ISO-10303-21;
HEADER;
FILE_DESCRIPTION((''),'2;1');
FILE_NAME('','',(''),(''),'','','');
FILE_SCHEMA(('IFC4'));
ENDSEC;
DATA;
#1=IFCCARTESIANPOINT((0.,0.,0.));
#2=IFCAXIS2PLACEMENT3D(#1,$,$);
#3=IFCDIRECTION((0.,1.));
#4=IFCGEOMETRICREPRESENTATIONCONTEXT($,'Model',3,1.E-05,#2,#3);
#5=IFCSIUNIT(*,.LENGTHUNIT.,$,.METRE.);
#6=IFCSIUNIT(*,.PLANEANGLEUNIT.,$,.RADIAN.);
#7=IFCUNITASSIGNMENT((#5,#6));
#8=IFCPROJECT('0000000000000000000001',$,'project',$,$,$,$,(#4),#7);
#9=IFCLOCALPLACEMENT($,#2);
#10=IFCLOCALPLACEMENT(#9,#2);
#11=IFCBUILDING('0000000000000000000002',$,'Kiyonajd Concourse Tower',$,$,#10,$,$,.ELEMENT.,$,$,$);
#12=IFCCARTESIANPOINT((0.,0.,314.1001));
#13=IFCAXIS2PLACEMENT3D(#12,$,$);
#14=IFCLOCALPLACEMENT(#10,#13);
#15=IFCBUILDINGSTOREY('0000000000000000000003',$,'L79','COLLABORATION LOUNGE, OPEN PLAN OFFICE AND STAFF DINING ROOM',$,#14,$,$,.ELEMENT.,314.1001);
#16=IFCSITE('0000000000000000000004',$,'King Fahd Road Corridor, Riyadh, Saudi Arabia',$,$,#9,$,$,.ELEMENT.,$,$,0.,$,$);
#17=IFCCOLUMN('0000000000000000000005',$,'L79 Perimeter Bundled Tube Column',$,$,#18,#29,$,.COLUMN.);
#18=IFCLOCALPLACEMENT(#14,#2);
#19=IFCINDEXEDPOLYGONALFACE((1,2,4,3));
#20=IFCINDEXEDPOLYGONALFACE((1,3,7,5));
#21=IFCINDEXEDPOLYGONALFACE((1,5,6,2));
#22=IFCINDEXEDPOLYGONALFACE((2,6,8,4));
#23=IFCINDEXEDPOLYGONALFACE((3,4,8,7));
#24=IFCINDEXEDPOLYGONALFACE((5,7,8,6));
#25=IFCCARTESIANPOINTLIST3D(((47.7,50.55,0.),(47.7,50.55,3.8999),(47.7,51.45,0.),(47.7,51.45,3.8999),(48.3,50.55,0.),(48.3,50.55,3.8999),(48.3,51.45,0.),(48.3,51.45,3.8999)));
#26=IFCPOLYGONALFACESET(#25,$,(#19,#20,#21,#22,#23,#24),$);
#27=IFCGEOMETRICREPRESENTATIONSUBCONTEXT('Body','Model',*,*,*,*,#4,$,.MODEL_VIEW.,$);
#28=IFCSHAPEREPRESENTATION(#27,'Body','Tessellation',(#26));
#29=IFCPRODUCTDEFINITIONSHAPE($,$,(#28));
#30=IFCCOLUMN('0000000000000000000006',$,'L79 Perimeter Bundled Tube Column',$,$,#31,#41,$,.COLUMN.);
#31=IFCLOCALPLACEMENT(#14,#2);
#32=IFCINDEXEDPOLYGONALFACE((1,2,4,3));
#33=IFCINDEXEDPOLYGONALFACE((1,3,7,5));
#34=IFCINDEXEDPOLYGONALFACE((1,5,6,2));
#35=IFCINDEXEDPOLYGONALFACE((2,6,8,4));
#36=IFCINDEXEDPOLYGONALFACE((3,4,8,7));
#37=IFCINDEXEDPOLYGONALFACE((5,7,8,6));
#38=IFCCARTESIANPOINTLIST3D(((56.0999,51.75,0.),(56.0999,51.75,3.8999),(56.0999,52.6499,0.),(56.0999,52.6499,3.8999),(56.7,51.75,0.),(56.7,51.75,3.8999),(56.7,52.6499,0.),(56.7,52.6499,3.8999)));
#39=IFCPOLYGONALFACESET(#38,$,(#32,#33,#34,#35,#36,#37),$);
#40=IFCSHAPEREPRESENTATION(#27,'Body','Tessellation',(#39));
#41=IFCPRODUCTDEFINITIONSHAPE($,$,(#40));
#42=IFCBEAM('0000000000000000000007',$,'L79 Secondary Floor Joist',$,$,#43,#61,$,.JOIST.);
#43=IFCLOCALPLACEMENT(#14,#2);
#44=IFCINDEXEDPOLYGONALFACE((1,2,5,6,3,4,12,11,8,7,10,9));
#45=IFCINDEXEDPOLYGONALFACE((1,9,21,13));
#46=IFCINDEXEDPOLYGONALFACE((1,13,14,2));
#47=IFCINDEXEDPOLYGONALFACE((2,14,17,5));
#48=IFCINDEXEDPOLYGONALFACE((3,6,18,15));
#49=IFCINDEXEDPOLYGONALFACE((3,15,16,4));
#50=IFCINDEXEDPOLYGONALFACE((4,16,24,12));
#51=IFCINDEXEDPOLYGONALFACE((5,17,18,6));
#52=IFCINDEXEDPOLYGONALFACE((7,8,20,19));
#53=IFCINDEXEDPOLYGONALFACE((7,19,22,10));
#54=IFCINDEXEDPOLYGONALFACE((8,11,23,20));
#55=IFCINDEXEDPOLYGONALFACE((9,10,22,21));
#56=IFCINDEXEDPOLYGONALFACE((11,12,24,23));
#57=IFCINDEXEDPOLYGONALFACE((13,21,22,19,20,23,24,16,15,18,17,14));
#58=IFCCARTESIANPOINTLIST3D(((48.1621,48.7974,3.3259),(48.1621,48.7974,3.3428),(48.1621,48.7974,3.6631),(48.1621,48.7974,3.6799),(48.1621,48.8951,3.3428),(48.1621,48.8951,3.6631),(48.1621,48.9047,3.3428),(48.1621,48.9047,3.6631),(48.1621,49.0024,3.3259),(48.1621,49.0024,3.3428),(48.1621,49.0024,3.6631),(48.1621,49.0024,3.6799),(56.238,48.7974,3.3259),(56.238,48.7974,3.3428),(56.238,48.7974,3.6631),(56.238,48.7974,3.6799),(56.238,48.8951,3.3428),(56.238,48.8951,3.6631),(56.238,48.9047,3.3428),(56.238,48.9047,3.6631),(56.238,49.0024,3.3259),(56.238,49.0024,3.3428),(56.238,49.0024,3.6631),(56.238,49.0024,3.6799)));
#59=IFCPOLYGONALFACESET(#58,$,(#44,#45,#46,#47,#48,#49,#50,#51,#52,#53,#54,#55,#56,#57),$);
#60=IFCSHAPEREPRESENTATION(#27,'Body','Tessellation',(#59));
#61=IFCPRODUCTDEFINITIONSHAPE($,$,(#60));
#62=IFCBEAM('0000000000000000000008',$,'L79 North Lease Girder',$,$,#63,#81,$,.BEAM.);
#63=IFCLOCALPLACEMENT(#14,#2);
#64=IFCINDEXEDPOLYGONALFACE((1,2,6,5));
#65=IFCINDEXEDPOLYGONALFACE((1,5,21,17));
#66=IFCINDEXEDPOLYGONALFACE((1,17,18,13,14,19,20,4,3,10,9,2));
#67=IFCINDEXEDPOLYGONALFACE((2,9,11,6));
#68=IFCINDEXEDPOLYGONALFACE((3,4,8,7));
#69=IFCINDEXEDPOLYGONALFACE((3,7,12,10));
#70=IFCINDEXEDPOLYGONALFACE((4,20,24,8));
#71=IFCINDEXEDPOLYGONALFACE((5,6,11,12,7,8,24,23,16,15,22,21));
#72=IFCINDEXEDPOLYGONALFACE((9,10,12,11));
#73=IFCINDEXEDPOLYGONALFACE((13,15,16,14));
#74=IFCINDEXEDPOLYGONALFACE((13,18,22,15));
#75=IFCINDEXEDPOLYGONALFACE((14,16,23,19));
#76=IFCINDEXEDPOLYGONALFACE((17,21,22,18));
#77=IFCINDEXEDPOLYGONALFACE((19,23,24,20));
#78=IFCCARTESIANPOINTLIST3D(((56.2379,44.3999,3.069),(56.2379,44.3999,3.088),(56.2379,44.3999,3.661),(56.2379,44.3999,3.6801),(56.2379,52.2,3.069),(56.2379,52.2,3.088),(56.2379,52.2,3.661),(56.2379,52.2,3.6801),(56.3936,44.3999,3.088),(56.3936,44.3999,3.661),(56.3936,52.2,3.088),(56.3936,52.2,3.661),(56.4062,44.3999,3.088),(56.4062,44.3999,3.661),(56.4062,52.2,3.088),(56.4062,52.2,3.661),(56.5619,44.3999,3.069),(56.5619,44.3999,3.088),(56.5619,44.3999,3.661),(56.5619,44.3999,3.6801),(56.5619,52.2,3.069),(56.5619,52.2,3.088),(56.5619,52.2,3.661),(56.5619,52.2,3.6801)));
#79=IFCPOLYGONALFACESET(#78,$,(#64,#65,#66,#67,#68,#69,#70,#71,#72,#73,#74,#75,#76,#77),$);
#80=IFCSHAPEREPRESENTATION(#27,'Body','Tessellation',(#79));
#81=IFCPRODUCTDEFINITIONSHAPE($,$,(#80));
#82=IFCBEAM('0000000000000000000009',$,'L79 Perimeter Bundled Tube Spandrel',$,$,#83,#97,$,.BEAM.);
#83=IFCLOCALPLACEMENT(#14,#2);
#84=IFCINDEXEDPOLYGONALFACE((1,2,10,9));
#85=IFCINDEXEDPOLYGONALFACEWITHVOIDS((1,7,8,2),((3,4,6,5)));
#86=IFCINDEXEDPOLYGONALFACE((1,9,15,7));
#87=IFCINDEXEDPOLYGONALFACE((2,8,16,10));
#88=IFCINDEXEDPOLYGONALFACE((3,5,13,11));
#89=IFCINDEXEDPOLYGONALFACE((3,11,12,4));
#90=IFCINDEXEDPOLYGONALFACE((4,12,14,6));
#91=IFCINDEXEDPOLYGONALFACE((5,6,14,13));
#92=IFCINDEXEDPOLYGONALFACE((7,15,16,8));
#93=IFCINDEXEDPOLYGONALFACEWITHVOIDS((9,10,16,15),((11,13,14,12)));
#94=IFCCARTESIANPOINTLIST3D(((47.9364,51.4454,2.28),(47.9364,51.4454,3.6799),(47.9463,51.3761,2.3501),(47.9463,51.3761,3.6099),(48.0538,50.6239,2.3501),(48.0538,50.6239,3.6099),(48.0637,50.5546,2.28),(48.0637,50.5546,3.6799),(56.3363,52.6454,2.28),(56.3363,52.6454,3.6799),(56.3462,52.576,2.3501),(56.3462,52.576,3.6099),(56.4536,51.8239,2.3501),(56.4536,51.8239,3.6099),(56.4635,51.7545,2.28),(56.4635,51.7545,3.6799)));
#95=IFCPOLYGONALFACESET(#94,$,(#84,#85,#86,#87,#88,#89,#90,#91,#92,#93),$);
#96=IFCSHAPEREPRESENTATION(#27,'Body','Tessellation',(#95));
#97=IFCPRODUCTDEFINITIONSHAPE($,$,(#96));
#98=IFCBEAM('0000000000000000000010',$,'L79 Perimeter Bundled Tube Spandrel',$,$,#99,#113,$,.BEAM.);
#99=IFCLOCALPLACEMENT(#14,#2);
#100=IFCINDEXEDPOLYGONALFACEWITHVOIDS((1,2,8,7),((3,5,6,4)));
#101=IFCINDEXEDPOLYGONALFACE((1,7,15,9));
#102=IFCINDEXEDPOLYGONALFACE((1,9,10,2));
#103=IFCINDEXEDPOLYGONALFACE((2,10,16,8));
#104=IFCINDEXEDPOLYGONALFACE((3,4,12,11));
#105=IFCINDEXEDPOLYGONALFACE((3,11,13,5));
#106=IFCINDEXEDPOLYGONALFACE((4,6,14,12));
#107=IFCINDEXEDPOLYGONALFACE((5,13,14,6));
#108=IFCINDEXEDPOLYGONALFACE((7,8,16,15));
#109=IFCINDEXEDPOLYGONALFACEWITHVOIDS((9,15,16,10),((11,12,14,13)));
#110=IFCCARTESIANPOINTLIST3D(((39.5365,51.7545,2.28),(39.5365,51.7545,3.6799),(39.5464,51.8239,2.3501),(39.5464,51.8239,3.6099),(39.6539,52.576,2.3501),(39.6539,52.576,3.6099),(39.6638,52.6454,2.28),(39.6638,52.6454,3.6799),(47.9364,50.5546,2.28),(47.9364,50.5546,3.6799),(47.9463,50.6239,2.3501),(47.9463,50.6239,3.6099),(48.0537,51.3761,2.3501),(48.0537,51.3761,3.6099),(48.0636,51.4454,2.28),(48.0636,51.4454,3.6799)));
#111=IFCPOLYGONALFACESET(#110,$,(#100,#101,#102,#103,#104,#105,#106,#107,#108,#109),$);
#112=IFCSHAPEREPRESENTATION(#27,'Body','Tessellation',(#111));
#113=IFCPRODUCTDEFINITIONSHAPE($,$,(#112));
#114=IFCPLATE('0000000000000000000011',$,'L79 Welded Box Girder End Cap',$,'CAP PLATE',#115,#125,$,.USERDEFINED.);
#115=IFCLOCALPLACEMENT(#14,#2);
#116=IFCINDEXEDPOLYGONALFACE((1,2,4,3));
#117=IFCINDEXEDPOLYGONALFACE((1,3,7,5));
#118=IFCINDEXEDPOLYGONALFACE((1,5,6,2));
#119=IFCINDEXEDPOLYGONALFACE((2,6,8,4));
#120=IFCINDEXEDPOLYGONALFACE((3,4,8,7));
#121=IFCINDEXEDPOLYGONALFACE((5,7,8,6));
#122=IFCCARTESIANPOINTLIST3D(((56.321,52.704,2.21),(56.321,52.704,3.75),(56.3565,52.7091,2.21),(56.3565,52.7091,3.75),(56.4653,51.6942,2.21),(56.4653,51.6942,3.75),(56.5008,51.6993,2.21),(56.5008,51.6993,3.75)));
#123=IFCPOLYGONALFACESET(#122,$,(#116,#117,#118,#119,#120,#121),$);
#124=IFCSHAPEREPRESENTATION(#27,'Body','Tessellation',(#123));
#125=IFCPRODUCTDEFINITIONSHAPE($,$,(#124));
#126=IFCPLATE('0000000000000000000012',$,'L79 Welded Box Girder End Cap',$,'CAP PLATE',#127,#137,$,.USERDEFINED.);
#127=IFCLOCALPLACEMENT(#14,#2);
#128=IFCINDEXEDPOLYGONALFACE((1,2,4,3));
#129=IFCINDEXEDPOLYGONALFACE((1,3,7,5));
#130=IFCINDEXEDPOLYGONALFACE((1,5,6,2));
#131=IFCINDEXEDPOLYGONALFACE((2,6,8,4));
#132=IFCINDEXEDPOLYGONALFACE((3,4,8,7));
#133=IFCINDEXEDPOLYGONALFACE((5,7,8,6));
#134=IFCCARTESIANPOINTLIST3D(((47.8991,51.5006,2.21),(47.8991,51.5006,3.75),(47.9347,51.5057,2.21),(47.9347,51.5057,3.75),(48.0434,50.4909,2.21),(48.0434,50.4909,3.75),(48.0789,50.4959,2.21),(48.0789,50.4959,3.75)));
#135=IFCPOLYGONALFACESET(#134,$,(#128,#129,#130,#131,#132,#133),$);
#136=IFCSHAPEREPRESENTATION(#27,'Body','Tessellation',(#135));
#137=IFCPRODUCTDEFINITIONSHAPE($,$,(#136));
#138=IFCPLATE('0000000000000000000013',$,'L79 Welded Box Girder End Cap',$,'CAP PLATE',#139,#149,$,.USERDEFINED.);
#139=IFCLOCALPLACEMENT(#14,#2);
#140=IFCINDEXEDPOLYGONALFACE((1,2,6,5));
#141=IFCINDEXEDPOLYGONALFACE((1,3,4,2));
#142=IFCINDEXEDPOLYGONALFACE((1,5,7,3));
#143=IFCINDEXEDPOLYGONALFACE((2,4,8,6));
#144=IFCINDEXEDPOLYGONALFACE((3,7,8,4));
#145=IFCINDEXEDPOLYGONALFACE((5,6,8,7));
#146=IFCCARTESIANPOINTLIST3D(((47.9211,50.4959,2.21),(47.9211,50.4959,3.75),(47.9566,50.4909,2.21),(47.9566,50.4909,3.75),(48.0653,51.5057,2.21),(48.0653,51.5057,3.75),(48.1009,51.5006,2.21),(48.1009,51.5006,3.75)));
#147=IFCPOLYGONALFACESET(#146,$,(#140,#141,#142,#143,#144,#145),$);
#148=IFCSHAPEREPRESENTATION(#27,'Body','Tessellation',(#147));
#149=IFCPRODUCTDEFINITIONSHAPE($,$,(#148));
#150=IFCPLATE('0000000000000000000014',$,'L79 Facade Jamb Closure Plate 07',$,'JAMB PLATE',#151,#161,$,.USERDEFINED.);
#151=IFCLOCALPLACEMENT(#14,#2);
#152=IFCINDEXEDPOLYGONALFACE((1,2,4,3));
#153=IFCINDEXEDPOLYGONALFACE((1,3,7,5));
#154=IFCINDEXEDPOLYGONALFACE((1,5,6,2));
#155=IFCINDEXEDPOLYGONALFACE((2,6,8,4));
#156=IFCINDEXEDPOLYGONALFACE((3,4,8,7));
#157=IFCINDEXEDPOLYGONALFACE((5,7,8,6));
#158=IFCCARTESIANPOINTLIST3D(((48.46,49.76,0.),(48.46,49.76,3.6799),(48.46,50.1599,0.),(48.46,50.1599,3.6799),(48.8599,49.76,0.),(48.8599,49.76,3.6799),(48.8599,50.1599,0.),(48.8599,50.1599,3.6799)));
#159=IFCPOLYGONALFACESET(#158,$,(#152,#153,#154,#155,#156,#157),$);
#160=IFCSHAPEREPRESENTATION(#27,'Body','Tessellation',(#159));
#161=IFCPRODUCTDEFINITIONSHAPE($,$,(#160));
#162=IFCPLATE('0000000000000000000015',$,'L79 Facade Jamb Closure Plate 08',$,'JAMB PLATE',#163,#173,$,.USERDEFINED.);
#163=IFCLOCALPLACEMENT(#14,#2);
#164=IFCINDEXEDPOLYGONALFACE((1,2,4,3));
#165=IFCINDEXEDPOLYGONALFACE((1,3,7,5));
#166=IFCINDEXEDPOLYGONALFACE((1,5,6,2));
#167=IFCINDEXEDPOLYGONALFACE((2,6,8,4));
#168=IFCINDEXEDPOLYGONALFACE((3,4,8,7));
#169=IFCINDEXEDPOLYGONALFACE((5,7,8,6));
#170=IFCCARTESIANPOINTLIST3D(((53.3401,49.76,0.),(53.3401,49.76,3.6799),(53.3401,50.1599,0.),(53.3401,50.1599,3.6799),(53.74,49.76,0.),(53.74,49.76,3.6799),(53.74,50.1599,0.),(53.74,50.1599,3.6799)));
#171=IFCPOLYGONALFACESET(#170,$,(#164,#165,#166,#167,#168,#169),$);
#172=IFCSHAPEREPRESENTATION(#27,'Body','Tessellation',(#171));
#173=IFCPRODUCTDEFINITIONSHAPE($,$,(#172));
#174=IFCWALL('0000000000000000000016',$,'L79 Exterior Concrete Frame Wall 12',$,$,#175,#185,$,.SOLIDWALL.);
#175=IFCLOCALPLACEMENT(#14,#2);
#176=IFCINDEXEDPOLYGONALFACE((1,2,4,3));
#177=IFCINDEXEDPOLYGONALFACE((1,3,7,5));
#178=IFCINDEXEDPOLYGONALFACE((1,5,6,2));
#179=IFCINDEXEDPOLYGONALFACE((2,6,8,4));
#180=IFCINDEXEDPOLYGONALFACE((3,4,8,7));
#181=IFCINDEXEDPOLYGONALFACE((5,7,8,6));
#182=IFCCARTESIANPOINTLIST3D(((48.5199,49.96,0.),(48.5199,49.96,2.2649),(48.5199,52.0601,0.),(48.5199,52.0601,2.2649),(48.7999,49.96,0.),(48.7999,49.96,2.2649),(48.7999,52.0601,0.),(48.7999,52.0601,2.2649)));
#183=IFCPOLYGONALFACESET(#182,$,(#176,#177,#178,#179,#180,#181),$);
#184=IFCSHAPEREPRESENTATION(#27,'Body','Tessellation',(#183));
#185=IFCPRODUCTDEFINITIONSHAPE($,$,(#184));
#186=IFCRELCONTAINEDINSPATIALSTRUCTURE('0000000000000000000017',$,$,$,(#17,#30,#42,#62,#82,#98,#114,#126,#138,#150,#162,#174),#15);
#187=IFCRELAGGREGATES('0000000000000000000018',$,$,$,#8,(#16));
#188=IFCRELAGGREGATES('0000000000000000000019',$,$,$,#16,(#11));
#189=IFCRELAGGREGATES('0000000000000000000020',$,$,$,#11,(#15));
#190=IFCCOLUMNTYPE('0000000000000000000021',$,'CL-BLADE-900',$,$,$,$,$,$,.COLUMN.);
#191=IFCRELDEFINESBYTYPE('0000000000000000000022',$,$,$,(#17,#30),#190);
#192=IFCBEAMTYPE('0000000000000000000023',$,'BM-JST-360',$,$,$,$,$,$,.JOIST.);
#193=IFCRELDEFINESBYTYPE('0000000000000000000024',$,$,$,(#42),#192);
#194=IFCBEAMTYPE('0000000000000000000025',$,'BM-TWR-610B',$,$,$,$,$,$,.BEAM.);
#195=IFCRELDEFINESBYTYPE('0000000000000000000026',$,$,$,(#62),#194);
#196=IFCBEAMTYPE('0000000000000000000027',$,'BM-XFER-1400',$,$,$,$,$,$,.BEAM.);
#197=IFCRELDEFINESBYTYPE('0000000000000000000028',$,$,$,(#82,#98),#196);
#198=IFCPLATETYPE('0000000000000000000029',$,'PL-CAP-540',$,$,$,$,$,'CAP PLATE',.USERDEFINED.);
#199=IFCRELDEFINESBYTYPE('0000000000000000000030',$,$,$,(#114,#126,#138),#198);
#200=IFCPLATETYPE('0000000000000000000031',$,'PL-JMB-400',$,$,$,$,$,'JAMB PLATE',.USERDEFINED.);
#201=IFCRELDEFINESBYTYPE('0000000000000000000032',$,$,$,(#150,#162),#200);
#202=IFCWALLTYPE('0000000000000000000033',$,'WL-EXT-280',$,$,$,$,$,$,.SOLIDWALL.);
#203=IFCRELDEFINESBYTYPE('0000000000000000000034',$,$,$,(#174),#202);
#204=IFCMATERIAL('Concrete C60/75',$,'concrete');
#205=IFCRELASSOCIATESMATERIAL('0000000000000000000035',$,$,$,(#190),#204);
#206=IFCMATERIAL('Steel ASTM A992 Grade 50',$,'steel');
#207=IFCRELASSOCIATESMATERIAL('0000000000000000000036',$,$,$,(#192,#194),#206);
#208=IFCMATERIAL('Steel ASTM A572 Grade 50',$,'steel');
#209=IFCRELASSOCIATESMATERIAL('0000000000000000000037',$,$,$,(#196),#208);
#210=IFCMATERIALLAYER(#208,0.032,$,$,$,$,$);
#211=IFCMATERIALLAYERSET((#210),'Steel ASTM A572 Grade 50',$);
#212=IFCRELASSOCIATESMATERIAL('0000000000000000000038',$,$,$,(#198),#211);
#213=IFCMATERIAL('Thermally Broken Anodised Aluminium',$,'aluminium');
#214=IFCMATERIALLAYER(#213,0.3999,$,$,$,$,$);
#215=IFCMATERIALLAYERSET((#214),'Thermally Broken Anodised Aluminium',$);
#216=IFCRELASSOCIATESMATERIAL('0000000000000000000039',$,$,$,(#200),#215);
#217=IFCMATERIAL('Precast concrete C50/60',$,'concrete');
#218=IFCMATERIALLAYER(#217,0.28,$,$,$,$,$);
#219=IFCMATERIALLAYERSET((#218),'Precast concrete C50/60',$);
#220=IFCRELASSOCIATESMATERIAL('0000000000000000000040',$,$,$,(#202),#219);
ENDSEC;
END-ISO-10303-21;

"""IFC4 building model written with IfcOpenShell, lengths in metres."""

from ifc_helpers import new_model, si_unit, direction, frame, frame_2d, origin, origin_2d, place, context, subcontext, project, spatial, rectangle, hollow_rectangle, i_section, extrude, material, layer, layer_set, material_profile, profile_set, type_object, element, save


model = new_model("IFC4")

# Units and contexts
model_context = context("Model", 3, precision=1e-05, world=origin(), true_north=direction((0.0, 1.0)))
body_context = subcontext(model_context, "Body", "Model", "MODEL_VIEW")
ifc_project = project(units=[si_unit("LENGTHUNIT", "METRE"), si_unit("PLANEANGLEUNIT", "RADIAN")], contexts=[model_context])

# Site, building, storey
site_placement = place(None, origin())
site = spatial("IfcSite", under=ifc_project, at=site_placement, Name="King Fahd Road Corridor, Riyadh, Saudi Arabia", CompositionType="ELEMENT", RefElevation=0.0)
building_placement = place(site_placement, origin())
building = spatial("IfcBuilding", under=site, at=building_placement, Name="Kiyonajd Concourse Tower", CompositionType="ELEMENT")
storey_placement = place(building_placement, frame((0.0, 0.0, 314.1001)))
storey = spatial("IfcBuildingStorey", under=building, at=storey_placement, Name="L79", Description="COLLABORATION LOUNGE, OPEN PLAN OFFICE AND STAFF DINING ROOM", CompositionType="ELEMENT", Elevation=314.1001)

# Columns
ifc_material_1 = material(Name="Concrete C60/75", Category="concrete")
ifc_material_profile_1 = material_profile(ifc_material_1, rectangle(XDim=0.6001, YDim=0.8999, at=origin_2d()), Name="RC-900x600")
ifc_profile_set_1 = profile_set([ifc_material_profile_1], Name="Concrete C60/75")
column_type = type_object("IfcColumnType", Name="CL-BLADE-900", PredefinedType="COLUMN", material=ifc_profile_set_1)
for number, where, z_axis, x_axis, name in (
    (1, (48.0, 51.0, 0.0), (0.0, 0.0, 1.0), (1.0, 0.0, 0.0), "L79 Perimeter Bundled Tube Column"),
    (2, (56.3999, 52.2, 0.0), (0.0, 0.0, 1.0), (1.0, 0.0, 0.0), "L79 Perimeter Bundled Tube Column"),
):
    element("IfcColumn", number, at=place(storey_placement, frame(where, z_axis=z_axis, x_axis=x_axis)), inside=storey, type_object=column_type, Name=name, PredefinedType="COLUMN", context=body_context, shape_type="SweptSolid", body=[
        extrude(rectangle(XDim=0.6001, YDim=0.8999, at=origin_2d()), origin(), (0.0, 0.0, 1.0), 3.8999),
    ])

# Beams
ifc_material_2 = material(Name="Steel ASTM A992 Grade 50", Category="steel")
ifc_material_profile_2 = material_profile(ifc_material_2, i_section(OverallWidth=0.2051, OverallDepth=0.354, WebThickness=0.0095, FlangeThickness=0.0168, at=origin_2d()), Name="W360X79")
ifc_profile_set_2 = profile_set([ifc_material_profile_2], Name="Steel ASTM A992 Grade 50")
beam_type_1 = type_object("IfcBeamType", Name="BM-JST-360", PredefinedType="JOIST", material=ifc_profile_set_2)
beam_1_placement = place(storey_placement, frame((48.1621, 48.8999, 3.5029), z_axis=(1.0, 0.0, 0.0), x_axis=(0.0, 1.0, 0.0)))
element("IfcBeam", 3, at=beam_1_placement, inside=storey, type_object=beam_type_1, Name="L79 Secondary Floor Joist", PredefinedType="JOIST", context=body_context, shape_type="SweptSolid", body=[
    extrude(i_section(OverallWidth=0.2051, OverallDepth=0.354, WebThickness=0.0095, FlangeThickness=0.0168, at=origin_2d()), origin(), (0.0, 0.0, 1.0), 8.0759),
])
ifc_material_profile_3 = material_profile(ifc_material_2, i_section(OverallWidth=0.324, OverallDepth=0.6111, WebThickness=0.0127, FlangeThickness=0.019, at=origin_2d()), Name="W610X155")
ifc_profile_set_3 = profile_set([ifc_material_profile_3], Name="Steel ASTM A992 Grade 50")
beam_type_2 = type_object("IfcBeamType", Name="BM-TWR-610B", PredefinedType="BEAM", material=ifc_profile_set_3)
beam_2_placement = place(storey_placement, frame((56.3999, 44.3999, 3.3745), z_axis=(0.0, 1.0, 0.0), x_axis=(-1.0, 0.0, 0.0)))
element("IfcBeam", 4, at=beam_2_placement, inside=storey, type_object=beam_type_2, Name="L79 North Lease Girder", PredefinedType="BEAM", context=body_context, shape_type="SweptSolid", body=[
    extrude(i_section(OverallWidth=0.324, OverallDepth=0.6111, WebThickness=0.0127, FlangeThickness=0.019, at=origin_2d()), origin(), (0.0, 0.0, 1.0), 7.8),
])
ifc_material_3 = material(Name="Steel ASTM A572 Grade 50", Category="steel")
ifc_material_profile_4 = material_profile(ifc_material_3, hollow_rectangle(XDim=0.8999, YDim=1.3999, WallThickness=0.0701, at=origin_2d()), Name="BOX-1400x900x70")
ifc_profile_set_4 = profile_set([ifc_material_profile_4], Name="Steel ASTM A572 Grade 50")
beam_type_3 = type_object("IfcBeamType", Name="BM-XFER-1400", PredefinedType="BEAM", material=ifc_profile_set_4)
for number, where, z_axis, x_axis, name in (
    (5, (56.3999, 52.2, 2.98), (-0.98995, -0.141417, 0.0), (0.141417, -0.98995, 0.0), "L79 Perimeter Bundled Tube Spandrel"),
    (6, (48.0, 51.0, 2.98), (-0.98995, 0.141417, 0.0), (-0.141417, -0.98995, 0.0), "L79 Perimeter Bundled Tube Spandrel"),
):
    element("IfcBeam", number, at=place(storey_placement, frame(where, z_axis=z_axis, x_axis=x_axis)), inside=storey, type_object=beam_type_3, Name=name, PredefinedType="BEAM", context=body_context, shape_type="SweptSolid", body=[
        extrude(hollow_rectangle(XDim=0.8999, YDim=1.3999, WallThickness=0.0701, at=origin_2d()), origin(), (0.0, 0.0, 1.0), 8.4851),
    ])

# Plates
ifc_layer_1 = layer(ifc_material_3, 0.032)
ifc_layer_set_1 = layer_set([ifc_layer_1], Name="Steel ASTM A572 Grade 50")
plate_type_1 = type_object("IfcPlateType", Name="PL-CAP-540", ElementType="CAP PLATE", PredefinedType="USERDEFINED", material=ifc_layer_set_1)
for number, where, z_axis, x_axis, name in (
    (7, (56.4109, 52.2017, 2.21), (0.0, 0.0, 1.0), (0.98995, 0.14142, 0.0), "L79 Welded Box Girder End Cap"),
    (8, (47.989, 50.9983, 2.21), (0.0, 0.0, 1.0), (-0.98995, -0.14142, 0.0), "L79 Welded Box Girder End Cap"),
    (9, (48.011, 50.9983, 2.21), (0.0, 0.0, 1.0), (0.98995, -0.14142, 0.0), "L79 Welded Box Girder End Cap"),
):
    element("IfcPlate", number, at=place(storey_placement, frame(where, z_axis=z_axis, x_axis=x_axis)), inside=storey, type_object=plate_type_1, Name=name, ObjectType="CAP PLATE", PredefinedType="USERDEFINED", context=body_context, shape_type="SweptSolid", body=[
        extrude(rectangle(XDim=0.0359, YDim=1.02, at=origin_2d()), origin(), (0.0, 0.0, 1.0), 1.54),
    ])
ifc_material_4 = material(Name="Thermally Broken Anodised Aluminium", Category="aluminium")
ifc_layer_2 = layer(ifc_material_4, 0.3999)
ifc_layer_set_2 = layer_set([ifc_layer_2], Name="Thermally Broken Anodised Aluminium")
plate_type_2 = type_object("IfcPlateType", Name="PL-JMB-400", ElementType="JAMB PLATE", PredefinedType="USERDEFINED", material=ifc_layer_set_2)
for number, where, z_axis, x_axis, name in (
    (10, (48.6599, 49.96, 0.0), (0.0, 0.0, 1.0), (1.0, 0.0, 0.0), "L79 Facade Jamb Closure Plate 07"),
    (11, (53.54, 49.96, 0.0), (0.0, 0.0, 1.0), (1.0, 0.0, 0.0), "L79 Facade Jamb Closure Plate 08"),
):
    element("IfcPlate", number, at=place(storey_placement, frame(where, z_axis=z_axis, x_axis=x_axis)), inside=storey, type_object=plate_type_2, Name=name, ObjectType="JAMB PLATE", PredefinedType="USERDEFINED", context=body_context, shape_type="SweptSolid", body=[
        extrude(rectangle(XDim=0.3999, YDim=0.3999, at=origin_2d()), origin(), (0.0, 0.0, 1.0), 3.6799),
    ])

# Wall
ifc_material_5 = material(Name="Precast concrete C50/60", Category="concrete")
ifc_layer_3 = layer(ifc_material_5, 0.28)
ifc_layer_set_3 = layer_set([ifc_layer_3], Name="Precast concrete C50/60")
wall_type_1 = type_object("IfcWallType", Name="WL-EXT-280", PredefinedType="SOLIDWALL", material=ifc_layer_set_3)
wall_1_placement = place(storey_placement, frame((48.6599, 52.0601, 0.0), z_axis=(0.0, 0.0, 1.0), x_axis=(0.0, -1.0, 0.0)))
element("IfcWall", 12, at=wall_1_placement, inside=storey, type_object=wall_type_1, Name="L79 Exterior Concrete Frame Wall 12", PredefinedType="SOLIDWALL", context=body_context, shape_type="SweptSolid", body=[
    extrude(rectangle(XDim=2.1001, YDim=0.28, at=frame_2d((1.05, 0.0))), origin(), (0.0, 0.0, 1.0), 2.2649),
])

save(model, "model.ifc")
